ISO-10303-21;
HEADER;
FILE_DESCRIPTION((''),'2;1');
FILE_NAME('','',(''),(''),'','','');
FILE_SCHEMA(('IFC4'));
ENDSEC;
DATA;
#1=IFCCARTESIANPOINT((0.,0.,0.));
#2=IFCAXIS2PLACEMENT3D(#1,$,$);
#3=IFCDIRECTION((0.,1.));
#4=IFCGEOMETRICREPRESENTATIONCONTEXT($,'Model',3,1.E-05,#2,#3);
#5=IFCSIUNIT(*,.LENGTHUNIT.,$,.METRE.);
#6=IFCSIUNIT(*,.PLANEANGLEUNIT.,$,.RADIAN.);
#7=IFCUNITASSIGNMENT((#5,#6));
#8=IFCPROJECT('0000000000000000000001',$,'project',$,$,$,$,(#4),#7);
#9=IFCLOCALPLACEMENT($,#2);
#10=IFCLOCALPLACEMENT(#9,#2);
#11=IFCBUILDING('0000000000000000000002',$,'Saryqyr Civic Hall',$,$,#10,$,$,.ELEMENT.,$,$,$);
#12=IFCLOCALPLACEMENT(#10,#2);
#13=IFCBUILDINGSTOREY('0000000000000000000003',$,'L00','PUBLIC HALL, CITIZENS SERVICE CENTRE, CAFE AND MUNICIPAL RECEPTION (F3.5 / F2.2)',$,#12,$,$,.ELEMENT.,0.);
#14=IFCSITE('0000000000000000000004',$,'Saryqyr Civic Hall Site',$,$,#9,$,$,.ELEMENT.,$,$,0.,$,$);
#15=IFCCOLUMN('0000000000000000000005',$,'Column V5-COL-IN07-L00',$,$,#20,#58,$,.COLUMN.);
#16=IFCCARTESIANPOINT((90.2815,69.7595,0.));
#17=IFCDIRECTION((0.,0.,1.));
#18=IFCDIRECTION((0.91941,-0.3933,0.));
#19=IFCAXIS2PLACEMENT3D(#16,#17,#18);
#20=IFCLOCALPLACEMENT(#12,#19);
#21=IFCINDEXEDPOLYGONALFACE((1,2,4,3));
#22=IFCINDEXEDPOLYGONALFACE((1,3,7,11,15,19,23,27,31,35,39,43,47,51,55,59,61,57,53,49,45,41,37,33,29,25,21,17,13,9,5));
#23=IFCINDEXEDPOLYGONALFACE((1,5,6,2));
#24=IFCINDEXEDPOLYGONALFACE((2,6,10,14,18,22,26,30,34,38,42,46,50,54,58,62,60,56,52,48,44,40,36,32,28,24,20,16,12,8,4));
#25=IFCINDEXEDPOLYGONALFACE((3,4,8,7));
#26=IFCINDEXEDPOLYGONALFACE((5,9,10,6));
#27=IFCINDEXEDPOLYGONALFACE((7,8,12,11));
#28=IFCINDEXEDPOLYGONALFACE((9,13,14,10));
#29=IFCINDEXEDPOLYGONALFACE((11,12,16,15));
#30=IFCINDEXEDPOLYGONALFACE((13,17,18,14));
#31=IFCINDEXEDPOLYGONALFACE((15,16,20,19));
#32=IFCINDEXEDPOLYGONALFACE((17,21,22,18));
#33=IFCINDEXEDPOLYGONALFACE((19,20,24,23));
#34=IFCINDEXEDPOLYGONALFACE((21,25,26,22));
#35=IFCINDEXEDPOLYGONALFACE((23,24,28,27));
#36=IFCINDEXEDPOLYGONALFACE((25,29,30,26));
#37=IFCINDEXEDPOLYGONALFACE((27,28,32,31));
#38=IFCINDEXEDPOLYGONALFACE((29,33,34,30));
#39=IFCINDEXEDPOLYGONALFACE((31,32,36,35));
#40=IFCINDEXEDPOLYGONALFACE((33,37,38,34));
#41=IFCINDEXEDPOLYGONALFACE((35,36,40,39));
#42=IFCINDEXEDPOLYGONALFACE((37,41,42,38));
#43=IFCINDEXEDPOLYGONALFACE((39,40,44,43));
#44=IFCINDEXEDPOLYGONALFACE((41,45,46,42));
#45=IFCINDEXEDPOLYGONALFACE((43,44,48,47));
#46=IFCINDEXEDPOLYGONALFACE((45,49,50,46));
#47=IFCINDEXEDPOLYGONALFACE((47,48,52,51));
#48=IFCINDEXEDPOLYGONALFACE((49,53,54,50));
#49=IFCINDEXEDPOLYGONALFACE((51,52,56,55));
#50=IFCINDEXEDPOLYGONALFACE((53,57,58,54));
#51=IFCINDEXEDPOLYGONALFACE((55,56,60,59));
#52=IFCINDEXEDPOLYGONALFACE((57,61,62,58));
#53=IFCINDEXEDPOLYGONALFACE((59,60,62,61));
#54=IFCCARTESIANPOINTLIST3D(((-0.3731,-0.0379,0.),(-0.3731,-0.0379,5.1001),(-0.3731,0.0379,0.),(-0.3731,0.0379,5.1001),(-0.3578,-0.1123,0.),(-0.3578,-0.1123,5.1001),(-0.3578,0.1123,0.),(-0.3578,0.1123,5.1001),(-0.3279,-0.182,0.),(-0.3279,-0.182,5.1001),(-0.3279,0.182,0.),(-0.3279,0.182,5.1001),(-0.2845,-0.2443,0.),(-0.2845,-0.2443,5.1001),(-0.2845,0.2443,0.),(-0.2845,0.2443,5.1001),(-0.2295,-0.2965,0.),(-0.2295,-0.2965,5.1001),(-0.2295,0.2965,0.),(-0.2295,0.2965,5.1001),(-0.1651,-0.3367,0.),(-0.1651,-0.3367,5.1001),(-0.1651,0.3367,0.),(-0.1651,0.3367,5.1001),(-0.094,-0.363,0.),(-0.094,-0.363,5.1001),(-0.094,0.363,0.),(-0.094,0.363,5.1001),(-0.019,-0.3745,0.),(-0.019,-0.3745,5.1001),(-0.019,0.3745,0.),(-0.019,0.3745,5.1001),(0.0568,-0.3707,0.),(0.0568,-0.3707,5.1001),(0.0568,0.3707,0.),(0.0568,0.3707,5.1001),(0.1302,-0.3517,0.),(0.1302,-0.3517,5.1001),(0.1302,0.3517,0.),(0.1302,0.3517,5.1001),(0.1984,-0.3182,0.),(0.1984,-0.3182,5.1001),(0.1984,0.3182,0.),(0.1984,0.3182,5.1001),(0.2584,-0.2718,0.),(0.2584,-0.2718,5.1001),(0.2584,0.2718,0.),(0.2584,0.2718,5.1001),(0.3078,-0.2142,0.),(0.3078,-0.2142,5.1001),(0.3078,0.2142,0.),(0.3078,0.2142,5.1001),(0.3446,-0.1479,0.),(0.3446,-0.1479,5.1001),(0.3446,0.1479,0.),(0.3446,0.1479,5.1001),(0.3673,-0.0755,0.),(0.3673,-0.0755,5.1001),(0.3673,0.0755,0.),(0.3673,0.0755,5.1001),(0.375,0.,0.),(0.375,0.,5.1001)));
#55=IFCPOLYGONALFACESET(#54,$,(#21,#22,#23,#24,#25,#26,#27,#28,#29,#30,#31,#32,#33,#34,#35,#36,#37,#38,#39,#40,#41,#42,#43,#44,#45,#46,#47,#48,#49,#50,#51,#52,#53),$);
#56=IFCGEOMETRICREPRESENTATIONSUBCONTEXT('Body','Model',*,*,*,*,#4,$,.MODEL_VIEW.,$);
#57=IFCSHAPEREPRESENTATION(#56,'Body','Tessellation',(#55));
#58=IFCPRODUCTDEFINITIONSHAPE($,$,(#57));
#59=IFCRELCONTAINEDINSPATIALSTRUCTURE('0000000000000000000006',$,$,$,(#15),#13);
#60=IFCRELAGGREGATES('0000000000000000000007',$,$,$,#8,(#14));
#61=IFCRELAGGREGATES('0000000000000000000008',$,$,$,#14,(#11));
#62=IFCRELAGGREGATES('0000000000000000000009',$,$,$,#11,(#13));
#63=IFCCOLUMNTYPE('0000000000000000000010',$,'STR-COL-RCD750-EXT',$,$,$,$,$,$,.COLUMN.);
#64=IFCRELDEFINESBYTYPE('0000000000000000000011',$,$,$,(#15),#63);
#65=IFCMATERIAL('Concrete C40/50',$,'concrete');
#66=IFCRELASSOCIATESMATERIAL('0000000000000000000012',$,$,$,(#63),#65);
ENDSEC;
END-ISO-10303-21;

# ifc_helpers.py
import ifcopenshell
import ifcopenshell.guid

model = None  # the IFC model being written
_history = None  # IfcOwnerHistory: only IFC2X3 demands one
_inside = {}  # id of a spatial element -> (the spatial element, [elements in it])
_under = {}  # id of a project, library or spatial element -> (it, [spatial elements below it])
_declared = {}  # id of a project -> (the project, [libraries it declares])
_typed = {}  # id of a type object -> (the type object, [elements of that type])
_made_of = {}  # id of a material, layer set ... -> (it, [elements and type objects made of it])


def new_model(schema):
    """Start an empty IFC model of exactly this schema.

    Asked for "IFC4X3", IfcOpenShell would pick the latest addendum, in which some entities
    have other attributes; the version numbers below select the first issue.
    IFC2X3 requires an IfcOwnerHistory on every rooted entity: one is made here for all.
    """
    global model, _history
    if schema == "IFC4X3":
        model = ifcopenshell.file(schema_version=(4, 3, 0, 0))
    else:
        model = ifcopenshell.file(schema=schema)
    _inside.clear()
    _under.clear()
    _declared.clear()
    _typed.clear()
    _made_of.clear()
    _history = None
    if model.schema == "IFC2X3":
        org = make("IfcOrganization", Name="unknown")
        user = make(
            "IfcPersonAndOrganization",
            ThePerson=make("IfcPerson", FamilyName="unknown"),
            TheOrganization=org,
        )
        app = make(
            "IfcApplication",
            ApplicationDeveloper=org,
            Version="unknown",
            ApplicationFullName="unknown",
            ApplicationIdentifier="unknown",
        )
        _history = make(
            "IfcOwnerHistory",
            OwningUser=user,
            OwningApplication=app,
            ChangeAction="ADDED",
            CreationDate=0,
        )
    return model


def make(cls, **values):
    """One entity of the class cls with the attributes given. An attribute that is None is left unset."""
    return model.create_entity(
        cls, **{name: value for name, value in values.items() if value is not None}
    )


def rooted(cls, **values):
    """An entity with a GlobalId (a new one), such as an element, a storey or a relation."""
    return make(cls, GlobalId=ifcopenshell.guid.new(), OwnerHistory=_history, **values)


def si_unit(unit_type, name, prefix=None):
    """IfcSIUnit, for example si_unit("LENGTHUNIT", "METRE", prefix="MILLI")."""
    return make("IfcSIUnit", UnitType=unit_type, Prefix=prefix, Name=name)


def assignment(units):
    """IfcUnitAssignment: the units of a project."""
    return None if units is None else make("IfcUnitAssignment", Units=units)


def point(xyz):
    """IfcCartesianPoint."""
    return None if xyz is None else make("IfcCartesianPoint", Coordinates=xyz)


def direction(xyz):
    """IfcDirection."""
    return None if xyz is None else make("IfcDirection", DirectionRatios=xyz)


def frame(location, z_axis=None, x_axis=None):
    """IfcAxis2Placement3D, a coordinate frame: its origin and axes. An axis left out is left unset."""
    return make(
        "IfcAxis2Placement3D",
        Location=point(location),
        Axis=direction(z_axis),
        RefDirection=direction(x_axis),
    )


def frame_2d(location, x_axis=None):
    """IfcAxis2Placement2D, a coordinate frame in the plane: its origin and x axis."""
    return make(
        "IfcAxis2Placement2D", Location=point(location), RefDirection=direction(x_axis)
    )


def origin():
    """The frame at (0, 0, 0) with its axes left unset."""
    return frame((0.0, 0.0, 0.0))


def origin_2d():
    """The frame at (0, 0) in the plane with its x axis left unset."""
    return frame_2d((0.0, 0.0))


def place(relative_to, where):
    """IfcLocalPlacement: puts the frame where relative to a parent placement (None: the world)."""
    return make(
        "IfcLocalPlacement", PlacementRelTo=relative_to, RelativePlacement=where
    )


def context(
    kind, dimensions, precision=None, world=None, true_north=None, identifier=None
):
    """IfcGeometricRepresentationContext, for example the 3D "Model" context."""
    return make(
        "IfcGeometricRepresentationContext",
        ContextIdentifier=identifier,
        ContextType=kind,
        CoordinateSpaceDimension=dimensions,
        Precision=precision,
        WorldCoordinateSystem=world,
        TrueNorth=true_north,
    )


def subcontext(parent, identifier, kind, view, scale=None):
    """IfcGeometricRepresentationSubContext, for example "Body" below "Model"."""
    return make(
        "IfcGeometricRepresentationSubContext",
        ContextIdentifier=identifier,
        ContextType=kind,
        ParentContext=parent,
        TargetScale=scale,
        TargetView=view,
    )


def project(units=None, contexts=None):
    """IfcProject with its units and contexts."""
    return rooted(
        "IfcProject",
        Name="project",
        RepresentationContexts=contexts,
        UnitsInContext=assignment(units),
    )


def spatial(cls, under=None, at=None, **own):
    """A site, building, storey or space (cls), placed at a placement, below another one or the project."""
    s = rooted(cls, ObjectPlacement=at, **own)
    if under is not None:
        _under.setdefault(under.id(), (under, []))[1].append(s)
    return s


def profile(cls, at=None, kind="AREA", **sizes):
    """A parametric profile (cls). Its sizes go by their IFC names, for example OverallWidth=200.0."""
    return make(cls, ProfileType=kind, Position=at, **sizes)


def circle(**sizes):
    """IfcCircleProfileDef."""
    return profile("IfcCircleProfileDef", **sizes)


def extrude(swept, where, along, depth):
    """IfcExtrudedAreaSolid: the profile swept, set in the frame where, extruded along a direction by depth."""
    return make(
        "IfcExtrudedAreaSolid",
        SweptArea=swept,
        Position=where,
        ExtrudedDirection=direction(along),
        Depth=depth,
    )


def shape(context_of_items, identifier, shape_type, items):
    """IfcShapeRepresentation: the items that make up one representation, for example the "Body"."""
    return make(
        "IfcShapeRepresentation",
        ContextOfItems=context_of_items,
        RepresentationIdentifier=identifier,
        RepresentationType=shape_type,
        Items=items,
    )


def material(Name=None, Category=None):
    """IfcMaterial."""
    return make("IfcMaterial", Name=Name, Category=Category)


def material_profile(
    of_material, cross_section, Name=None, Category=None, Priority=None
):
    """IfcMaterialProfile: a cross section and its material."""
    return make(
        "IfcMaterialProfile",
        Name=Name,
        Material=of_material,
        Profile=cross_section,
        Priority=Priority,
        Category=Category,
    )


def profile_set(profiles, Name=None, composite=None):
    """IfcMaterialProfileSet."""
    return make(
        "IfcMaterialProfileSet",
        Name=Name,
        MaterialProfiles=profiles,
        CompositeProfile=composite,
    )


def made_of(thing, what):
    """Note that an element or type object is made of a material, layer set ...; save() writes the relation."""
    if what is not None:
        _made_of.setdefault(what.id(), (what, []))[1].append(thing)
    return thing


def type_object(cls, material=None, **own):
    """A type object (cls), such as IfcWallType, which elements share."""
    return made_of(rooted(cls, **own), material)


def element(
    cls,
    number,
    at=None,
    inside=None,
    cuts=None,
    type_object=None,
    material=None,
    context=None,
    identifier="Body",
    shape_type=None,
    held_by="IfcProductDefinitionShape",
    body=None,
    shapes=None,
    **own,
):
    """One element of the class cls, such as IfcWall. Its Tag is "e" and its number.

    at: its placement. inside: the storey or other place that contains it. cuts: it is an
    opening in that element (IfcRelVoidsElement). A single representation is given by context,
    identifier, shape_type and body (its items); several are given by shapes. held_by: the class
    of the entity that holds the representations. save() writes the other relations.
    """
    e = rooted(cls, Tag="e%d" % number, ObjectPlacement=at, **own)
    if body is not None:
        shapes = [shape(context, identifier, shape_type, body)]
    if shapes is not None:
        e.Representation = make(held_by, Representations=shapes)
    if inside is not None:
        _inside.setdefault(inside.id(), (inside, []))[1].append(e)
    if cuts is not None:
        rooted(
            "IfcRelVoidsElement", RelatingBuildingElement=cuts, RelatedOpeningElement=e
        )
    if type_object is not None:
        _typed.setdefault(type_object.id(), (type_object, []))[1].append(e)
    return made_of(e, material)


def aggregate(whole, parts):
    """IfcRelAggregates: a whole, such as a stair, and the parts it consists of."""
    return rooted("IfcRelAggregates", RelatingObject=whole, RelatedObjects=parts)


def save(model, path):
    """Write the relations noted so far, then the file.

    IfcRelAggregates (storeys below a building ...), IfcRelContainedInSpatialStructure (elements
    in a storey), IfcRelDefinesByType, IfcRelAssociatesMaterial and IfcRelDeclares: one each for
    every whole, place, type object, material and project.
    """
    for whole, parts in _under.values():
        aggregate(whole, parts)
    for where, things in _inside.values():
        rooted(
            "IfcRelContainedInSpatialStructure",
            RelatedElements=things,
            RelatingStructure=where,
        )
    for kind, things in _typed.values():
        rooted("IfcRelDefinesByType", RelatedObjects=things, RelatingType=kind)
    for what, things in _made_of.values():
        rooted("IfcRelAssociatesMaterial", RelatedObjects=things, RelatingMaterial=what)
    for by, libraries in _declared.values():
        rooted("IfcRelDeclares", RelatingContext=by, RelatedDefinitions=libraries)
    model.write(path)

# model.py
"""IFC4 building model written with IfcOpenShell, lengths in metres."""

from ifc_helpers import new_model, si_unit, direction, frame, origin, origin_2d, place, context, subcontext, project, spatial, circle, extrude, material, material_profile, profile_set, type_object, element, save


model = new_model("IFC4")

# Units and contexts
model_context = context("Model", 3, precision=1e-05, world=origin(), true_north=direction((0.0, 1.0)))
body_context = subcontext(model_context, "Body", "Model", "MODEL_VIEW")
ifc_project = project(units=[si_unit("LENGTHUNIT", "METRE"), si_unit("PLANEANGLEUNIT", "RADIAN")], contexts=[model_context])

# Site, building, storey
site_placement = place(None, origin())
site = spatial("IfcSite", under=ifc_project, at=site_placement, Name="Saryqyr Civic Hall Site", CompositionType="ELEMENT", RefElevation=0.0)
building_placement = place(site_placement, origin())
building = spatial("IfcBuilding", under=site, at=building_placement, Name="Saryqyr Civic Hall", CompositionType="ELEMENT")
storey_placement = place(building_placement, origin())
storey = spatial("IfcBuildingStorey", under=building, at=storey_placement, Name="L00", Description="PUBLIC HALL, CITIZENS SERVICE CENTRE, CAFE AND MUNICIPAL RECEPTION (F3.5 / F2.2)", CompositionType="ELEMENT", Elevation=0.0)

# Column
ifc_material_1 = material(Name="Concrete C40/50", Category="concrete")
ifc_material_profile_1 = material_profile(ifc_material_1, circle(Radius=0.375, at=origin_2d()), Name="RC D750")
ifc_profile_set_1 = profile_set([ifc_material_profile_1], Name="Concrete C40/50")
column_type = type_object("IfcColumnType", Name="STR-COL-RCD750-EXT", PredefinedType="COLUMN", material=ifc_profile_set_1)
for number, where, z_axis, x_axis, name in (
    (1, (90.2815, 69.7595, 0.0), (0.0, 0.0, 1.0), (0.91941, -0.3933, 0.0), "Column V5-COL-IN07-L00"),
):
    element("IfcColumn", number, at=place(storey_placement, frame(where, z_axis=z_axis, x_axis=x_axis)), inside=storey, type_object=column_type, Name=name, PredefinedType="COLUMN", context=body_context, shape_type="SweptSolid", body=[
        extrude(circle(Radius=0.375, at=origin_2d()), origin(), (0.0, 0.0, 1.0), 5.1001),
    ])

save(model, "model.ifc")
